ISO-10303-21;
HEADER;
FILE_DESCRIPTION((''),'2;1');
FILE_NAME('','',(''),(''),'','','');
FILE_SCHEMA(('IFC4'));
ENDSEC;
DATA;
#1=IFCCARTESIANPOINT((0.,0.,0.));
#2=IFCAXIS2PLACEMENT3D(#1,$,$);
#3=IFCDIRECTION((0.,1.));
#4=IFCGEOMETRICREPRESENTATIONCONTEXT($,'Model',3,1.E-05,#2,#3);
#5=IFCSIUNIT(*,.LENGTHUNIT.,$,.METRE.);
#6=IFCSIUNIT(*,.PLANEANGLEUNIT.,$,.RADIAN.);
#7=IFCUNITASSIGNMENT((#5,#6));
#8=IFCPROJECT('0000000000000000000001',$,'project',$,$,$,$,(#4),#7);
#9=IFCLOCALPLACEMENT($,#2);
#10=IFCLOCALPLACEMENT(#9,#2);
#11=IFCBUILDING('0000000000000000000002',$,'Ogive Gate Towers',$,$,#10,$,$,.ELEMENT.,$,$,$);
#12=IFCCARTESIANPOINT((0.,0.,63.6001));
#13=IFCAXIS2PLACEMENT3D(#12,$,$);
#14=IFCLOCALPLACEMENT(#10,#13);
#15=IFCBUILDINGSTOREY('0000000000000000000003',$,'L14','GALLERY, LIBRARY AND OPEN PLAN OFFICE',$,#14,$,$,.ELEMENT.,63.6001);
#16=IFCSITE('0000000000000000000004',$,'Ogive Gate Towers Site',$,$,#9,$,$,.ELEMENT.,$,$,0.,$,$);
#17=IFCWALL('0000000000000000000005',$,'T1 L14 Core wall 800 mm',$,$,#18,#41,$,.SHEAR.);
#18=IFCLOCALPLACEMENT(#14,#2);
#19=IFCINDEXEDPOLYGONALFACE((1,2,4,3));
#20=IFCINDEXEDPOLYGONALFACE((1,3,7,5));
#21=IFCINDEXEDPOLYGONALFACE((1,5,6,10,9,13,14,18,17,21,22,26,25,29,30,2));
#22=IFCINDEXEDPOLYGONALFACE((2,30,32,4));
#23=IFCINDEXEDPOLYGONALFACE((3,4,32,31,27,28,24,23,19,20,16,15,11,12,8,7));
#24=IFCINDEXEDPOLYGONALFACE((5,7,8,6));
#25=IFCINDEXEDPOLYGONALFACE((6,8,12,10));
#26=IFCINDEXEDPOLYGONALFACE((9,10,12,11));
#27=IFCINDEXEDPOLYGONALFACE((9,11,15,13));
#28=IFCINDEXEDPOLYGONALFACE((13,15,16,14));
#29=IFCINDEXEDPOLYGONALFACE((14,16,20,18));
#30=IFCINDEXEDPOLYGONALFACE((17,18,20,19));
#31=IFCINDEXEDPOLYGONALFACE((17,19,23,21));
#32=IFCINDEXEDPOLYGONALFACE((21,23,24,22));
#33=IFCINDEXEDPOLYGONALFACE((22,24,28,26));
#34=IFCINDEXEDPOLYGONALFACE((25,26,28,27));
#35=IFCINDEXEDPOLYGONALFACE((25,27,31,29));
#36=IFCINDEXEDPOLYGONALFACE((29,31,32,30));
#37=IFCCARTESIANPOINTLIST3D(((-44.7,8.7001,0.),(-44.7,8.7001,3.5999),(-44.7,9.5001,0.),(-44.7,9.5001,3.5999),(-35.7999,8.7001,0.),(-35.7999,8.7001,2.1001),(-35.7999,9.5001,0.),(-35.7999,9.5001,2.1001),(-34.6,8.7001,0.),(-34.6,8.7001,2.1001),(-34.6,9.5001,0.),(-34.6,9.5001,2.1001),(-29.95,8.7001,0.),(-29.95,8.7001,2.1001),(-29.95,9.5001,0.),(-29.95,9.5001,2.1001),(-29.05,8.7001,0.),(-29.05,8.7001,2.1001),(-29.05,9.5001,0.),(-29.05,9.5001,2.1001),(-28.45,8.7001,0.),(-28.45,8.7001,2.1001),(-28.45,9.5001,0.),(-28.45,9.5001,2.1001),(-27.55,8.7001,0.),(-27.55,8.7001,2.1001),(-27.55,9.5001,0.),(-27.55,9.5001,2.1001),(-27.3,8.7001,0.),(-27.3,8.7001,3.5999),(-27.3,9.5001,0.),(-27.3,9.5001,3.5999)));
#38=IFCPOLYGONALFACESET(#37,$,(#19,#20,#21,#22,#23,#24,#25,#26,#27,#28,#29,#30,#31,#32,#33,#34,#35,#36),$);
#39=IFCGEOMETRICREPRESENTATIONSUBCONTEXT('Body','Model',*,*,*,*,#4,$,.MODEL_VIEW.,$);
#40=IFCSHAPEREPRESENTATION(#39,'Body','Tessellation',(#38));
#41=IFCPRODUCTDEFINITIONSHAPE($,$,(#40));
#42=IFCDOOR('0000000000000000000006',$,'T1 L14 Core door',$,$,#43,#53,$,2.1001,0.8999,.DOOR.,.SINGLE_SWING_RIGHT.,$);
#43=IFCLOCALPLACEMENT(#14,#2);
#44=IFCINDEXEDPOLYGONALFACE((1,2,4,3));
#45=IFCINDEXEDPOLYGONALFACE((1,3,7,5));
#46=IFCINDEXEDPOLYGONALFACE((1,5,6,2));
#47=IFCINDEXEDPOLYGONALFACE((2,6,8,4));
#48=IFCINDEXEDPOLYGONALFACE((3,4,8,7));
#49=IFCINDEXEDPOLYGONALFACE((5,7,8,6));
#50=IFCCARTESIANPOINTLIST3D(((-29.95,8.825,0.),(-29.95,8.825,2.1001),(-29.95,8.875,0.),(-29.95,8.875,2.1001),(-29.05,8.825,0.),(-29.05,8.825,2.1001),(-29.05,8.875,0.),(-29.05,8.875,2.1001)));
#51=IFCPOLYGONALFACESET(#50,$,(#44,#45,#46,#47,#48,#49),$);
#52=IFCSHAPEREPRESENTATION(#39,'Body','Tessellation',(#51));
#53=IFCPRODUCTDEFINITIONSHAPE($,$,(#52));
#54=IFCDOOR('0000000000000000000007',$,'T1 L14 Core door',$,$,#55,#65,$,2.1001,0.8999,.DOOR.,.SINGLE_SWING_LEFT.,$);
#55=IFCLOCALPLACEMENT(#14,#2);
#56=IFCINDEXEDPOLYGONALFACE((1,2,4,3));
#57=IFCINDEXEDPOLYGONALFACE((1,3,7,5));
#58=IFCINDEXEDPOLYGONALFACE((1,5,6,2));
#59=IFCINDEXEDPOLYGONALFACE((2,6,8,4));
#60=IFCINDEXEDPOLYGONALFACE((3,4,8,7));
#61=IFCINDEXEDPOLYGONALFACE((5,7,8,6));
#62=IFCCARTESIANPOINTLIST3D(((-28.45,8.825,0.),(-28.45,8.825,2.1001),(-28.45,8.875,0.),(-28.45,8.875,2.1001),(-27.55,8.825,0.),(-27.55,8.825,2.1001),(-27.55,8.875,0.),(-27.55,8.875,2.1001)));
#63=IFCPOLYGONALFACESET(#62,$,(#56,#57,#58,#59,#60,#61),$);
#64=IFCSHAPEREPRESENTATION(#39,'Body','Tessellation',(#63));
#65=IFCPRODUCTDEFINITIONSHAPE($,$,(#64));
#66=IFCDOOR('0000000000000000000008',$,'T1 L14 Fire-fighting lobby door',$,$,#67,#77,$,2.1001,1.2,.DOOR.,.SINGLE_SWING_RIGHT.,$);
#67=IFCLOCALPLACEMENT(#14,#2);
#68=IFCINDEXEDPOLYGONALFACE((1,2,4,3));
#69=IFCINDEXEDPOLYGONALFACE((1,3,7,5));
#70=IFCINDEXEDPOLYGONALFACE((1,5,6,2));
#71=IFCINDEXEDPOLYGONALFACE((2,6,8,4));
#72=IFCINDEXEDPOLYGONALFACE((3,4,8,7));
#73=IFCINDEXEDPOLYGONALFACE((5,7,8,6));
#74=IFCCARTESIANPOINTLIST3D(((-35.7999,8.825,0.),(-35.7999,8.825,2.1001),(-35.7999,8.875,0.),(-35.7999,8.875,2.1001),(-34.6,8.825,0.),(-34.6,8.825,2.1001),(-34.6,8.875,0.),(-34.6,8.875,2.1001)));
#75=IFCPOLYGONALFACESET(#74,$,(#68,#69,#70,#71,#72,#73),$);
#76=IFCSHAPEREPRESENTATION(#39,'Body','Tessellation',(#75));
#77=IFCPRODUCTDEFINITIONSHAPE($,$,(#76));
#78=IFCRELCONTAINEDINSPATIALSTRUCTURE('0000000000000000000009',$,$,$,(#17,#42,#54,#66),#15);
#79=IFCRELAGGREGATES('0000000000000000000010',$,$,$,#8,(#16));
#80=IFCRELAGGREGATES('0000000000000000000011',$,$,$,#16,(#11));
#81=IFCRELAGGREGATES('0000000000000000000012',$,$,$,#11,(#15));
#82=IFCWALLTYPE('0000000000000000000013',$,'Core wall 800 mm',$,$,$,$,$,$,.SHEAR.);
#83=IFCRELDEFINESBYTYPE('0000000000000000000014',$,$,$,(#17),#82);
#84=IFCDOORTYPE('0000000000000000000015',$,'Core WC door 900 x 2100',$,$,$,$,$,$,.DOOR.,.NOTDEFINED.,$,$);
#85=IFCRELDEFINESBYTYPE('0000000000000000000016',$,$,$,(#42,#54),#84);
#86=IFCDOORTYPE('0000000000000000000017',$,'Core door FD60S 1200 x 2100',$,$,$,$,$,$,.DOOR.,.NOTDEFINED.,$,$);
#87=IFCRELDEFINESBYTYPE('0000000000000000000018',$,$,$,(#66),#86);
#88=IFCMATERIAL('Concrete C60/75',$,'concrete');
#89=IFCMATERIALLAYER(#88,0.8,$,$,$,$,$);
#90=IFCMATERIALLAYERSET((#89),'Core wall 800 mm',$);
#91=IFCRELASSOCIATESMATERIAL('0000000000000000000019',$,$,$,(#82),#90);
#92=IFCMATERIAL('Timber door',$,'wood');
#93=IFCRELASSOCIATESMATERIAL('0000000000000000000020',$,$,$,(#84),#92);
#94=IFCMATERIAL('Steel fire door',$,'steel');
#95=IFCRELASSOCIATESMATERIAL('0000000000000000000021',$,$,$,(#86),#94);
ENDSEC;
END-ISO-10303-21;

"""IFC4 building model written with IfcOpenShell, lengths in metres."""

from ifc_helpers import new_model, si_unit, direction, frame, frame_2d, origin, place, context, subcontext, project, spatial, rectangle, extrude, material, layer, layer_set, type_object, element, fill, save


model = new_model("IFC4")

# Units and contexts
model_context = context("Model", 3, precision=1e-05, world=origin(), true_north=direction((0.0, 1.0)))
body_context = subcontext(model_context, "Body", "Model", "MODEL_VIEW")
ifc_project = project(units=[si_unit("LENGTHUNIT", "METRE"), si_unit("PLANEANGLEUNIT", "RADIAN")], contexts=[model_context])

# Site, building, storey
site_placement = place(None, origin())
site = spatial("IfcSite", under=ifc_project, at=site_placement, Name="Ogive Gate Towers Site", CompositionType="ELEMENT", RefElevation=0.0)
building_placement = place(site_placement, origin())
building = spatial("IfcBuilding", under=site, at=building_placement, Name="Ogive Gate Towers", CompositionType="ELEMENT")
storey_placement = place(building_placement, frame((0.0, 0.0, 63.6001)))
storey = spatial("IfcBuildingStorey", under=building, at=storey_placement, Name="L14", Description="GALLERY, LIBRARY AND OPEN PLAN OFFICE", CompositionType="ELEMENT", Elevation=63.6001)

# Shared definitions
ifc_material_1 = material(Name="Timber door", Category="wood")

# Wall, openings, doors
ifc_material_2 = material(Name="Concrete C60/75", Category="concrete")
ifc_layer_1 = layer(ifc_material_2, 0.8)
ifc_layer_set_1 = layer_set([ifc_layer_1], Name="Core wall 800 mm")
wall_type_1 = type_object("IfcWallType", Name="Core wall 800 mm", PredefinedType="SHEAR", material=ifc_layer_set_1)
wall_1_placement = place(storey_placement, frame((-44.7, 9.1001, 0.0), z_axis=(0.0, 0.0, 1.0), x_axis=(1.0, 0.0, 0.0)))
wall_1 = element("IfcWall", 1, at=wall_1_placement, inside=storey, type_object=wall_type_1, Name="T1 L14 Core wall 800 mm", PredefinedType="SHEAR", context=body_context, shape_type="SweptSolid", body=[
    extrude(rectangle(XDim=17.3999, YDim=0.8, at=frame_2d((8.7, 0.0))), origin(), (0.0, 0.0, 1.0), 3.5999),
])
opening_1_placement = place(wall_1_placement, frame((8.8999, 0.0, 0.0)))
opening_1 = element("IfcOpeningElement", 2, at=opening_1_placement, cuts=wall_1, PredefinedType="OPENING", context=body_context, shape_type="SweptSolid", body=[
    extrude(rectangle(XDim=1.2, YDim=2.1001, at=frame_2d((0.6001, 1.05))), frame((0.0, 0.4102, 0.0), z_axis=(0.0, -1.0, 0.0), x_axis=(1.0, 0.0, 0.0)), (0.0, 0.0, 1.0), 0.8201),
])
opening_2_placement = place(wall_1_placement, frame((14.75, 0.0, 0.0)))
opening_2 = element("IfcOpeningElement", 3, at=opening_2_placement, cuts=wall_1, PredefinedType="OPENING", context=body_context, shape_type="SweptSolid", body=[
    extrude(rectangle(XDim=0.8999, YDim=2.1001, at=frame_2d((0.45, 1.05))), frame((0.0, 0.4102, 0.0), z_axis=(0.0, -1.0, 0.0), x_axis=(1.0, 0.0, 0.0)), (0.0, 0.0, 1.0), 0.8201),
])
opening_3_placement = place(wall_1_placement, frame((16.25, 0.0, 0.0)))
opening_3 = element("IfcOpeningElement", 4, at=opening_3_placement, cuts=wall_1, PredefinedType="OPENING", context=body_context, shape_type="SweptSolid", body=[
    extrude(rectangle(XDim=0.8999, YDim=2.1001, at=frame_2d((0.45, 1.05))), frame((0.0, 0.4102, 0.0), z_axis=(0.0, -1.0, 0.0), x_axis=(1.0, 0.0, 0.0)), (0.0, 0.0, 1.0), 0.8201),
])
door_type_1 = type_object("IfcDoorType", Name="Core WC door 900 x 2100", OperationType="NOTDEFINED", PredefinedType="DOOR", material=ifc_material_1)
door_1_placement = place(opening_2_placement, origin())
door_1 = element("IfcDoor", 5, at=door_1_placement, inside=storey, type_object=door_type_1, Name="T1 L14 Core door", OperationType="SINGLE_SWING_RIGHT", OverallHeight=2.1001, OverallWidth=0.8999, PredefinedType="DOOR", context=body_context, shape_type="SweptSolid", body=[
    extrude(rectangle(XDim=0.8999, YDim=2.1001, at=frame_2d((0.45, 1.05))), frame((0.0, -0.2251, 0.0), z_axis=(0.0, -1.0, 0.0), x_axis=(1.0, 0.0, 0.0)), (0.0, 0.0, 1.0), 0.05),
])
fill(opening_2, door_1)
door_2_placement = place(opening_3_placement, origin())
door_2 = element("IfcDoor", 6, at=door_2_placement, inside=storey, type_object=door_type_1, Name="T1 L14 Core door", OperationType="SINGLE_SWING_LEFT", OverallHeight=2.1001, OverallWidth=0.8999, PredefinedType="DOOR", context=body_context, shape_type="SweptSolid", body=[
    extrude(rectangle(XDim=0.8999, YDim=2.1001, at=frame_2d((0.45, 1.05))), frame((0.0, -0.2251, 0.0), z_axis=(0.0, -1.0, 0.0), x_axis=(1.0, 0.0, 0.0)), (0.0, 0.0, 1.0), 0.05),
])
fill(opening_3, door_2)
ifc_material_3 = material(Name="Steel fire door", Category="steel")
door_type_2 = type_object("IfcDoorType", Name="Core door FD60S 1200 x 2100", OperationType="NOTDEFINED", PredefinedType="DOOR", material=ifc_material_3)
door_3_placement = place(opening_1_placement, origin())
door_3 = element("IfcDoor", 7, at=door_3_placement, inside=storey, type_object=door_type_2, Name="T1 L14 Fire-fighting lobby door", OperationType="SINGLE_SWING_RIGHT", OverallHeight=2.1001, OverallWidth=1.2, PredefinedType="DOOR", context=body_context, shape_type="SweptSolid", body=[
    extrude(rectangle(XDim=1.2, YDim=2.1001, at=frame_2d((0.6001, 1.05))), frame((0.0, -0.2251, 0.0), z_axis=(0.0, -1.0, 0.0), x_axis=(1.0, 0.0, 0.0)), (0.0, 0.0, 1.0), 0.05),
])
fill(opening_1, door_3)

save(model, "model.ifc")
